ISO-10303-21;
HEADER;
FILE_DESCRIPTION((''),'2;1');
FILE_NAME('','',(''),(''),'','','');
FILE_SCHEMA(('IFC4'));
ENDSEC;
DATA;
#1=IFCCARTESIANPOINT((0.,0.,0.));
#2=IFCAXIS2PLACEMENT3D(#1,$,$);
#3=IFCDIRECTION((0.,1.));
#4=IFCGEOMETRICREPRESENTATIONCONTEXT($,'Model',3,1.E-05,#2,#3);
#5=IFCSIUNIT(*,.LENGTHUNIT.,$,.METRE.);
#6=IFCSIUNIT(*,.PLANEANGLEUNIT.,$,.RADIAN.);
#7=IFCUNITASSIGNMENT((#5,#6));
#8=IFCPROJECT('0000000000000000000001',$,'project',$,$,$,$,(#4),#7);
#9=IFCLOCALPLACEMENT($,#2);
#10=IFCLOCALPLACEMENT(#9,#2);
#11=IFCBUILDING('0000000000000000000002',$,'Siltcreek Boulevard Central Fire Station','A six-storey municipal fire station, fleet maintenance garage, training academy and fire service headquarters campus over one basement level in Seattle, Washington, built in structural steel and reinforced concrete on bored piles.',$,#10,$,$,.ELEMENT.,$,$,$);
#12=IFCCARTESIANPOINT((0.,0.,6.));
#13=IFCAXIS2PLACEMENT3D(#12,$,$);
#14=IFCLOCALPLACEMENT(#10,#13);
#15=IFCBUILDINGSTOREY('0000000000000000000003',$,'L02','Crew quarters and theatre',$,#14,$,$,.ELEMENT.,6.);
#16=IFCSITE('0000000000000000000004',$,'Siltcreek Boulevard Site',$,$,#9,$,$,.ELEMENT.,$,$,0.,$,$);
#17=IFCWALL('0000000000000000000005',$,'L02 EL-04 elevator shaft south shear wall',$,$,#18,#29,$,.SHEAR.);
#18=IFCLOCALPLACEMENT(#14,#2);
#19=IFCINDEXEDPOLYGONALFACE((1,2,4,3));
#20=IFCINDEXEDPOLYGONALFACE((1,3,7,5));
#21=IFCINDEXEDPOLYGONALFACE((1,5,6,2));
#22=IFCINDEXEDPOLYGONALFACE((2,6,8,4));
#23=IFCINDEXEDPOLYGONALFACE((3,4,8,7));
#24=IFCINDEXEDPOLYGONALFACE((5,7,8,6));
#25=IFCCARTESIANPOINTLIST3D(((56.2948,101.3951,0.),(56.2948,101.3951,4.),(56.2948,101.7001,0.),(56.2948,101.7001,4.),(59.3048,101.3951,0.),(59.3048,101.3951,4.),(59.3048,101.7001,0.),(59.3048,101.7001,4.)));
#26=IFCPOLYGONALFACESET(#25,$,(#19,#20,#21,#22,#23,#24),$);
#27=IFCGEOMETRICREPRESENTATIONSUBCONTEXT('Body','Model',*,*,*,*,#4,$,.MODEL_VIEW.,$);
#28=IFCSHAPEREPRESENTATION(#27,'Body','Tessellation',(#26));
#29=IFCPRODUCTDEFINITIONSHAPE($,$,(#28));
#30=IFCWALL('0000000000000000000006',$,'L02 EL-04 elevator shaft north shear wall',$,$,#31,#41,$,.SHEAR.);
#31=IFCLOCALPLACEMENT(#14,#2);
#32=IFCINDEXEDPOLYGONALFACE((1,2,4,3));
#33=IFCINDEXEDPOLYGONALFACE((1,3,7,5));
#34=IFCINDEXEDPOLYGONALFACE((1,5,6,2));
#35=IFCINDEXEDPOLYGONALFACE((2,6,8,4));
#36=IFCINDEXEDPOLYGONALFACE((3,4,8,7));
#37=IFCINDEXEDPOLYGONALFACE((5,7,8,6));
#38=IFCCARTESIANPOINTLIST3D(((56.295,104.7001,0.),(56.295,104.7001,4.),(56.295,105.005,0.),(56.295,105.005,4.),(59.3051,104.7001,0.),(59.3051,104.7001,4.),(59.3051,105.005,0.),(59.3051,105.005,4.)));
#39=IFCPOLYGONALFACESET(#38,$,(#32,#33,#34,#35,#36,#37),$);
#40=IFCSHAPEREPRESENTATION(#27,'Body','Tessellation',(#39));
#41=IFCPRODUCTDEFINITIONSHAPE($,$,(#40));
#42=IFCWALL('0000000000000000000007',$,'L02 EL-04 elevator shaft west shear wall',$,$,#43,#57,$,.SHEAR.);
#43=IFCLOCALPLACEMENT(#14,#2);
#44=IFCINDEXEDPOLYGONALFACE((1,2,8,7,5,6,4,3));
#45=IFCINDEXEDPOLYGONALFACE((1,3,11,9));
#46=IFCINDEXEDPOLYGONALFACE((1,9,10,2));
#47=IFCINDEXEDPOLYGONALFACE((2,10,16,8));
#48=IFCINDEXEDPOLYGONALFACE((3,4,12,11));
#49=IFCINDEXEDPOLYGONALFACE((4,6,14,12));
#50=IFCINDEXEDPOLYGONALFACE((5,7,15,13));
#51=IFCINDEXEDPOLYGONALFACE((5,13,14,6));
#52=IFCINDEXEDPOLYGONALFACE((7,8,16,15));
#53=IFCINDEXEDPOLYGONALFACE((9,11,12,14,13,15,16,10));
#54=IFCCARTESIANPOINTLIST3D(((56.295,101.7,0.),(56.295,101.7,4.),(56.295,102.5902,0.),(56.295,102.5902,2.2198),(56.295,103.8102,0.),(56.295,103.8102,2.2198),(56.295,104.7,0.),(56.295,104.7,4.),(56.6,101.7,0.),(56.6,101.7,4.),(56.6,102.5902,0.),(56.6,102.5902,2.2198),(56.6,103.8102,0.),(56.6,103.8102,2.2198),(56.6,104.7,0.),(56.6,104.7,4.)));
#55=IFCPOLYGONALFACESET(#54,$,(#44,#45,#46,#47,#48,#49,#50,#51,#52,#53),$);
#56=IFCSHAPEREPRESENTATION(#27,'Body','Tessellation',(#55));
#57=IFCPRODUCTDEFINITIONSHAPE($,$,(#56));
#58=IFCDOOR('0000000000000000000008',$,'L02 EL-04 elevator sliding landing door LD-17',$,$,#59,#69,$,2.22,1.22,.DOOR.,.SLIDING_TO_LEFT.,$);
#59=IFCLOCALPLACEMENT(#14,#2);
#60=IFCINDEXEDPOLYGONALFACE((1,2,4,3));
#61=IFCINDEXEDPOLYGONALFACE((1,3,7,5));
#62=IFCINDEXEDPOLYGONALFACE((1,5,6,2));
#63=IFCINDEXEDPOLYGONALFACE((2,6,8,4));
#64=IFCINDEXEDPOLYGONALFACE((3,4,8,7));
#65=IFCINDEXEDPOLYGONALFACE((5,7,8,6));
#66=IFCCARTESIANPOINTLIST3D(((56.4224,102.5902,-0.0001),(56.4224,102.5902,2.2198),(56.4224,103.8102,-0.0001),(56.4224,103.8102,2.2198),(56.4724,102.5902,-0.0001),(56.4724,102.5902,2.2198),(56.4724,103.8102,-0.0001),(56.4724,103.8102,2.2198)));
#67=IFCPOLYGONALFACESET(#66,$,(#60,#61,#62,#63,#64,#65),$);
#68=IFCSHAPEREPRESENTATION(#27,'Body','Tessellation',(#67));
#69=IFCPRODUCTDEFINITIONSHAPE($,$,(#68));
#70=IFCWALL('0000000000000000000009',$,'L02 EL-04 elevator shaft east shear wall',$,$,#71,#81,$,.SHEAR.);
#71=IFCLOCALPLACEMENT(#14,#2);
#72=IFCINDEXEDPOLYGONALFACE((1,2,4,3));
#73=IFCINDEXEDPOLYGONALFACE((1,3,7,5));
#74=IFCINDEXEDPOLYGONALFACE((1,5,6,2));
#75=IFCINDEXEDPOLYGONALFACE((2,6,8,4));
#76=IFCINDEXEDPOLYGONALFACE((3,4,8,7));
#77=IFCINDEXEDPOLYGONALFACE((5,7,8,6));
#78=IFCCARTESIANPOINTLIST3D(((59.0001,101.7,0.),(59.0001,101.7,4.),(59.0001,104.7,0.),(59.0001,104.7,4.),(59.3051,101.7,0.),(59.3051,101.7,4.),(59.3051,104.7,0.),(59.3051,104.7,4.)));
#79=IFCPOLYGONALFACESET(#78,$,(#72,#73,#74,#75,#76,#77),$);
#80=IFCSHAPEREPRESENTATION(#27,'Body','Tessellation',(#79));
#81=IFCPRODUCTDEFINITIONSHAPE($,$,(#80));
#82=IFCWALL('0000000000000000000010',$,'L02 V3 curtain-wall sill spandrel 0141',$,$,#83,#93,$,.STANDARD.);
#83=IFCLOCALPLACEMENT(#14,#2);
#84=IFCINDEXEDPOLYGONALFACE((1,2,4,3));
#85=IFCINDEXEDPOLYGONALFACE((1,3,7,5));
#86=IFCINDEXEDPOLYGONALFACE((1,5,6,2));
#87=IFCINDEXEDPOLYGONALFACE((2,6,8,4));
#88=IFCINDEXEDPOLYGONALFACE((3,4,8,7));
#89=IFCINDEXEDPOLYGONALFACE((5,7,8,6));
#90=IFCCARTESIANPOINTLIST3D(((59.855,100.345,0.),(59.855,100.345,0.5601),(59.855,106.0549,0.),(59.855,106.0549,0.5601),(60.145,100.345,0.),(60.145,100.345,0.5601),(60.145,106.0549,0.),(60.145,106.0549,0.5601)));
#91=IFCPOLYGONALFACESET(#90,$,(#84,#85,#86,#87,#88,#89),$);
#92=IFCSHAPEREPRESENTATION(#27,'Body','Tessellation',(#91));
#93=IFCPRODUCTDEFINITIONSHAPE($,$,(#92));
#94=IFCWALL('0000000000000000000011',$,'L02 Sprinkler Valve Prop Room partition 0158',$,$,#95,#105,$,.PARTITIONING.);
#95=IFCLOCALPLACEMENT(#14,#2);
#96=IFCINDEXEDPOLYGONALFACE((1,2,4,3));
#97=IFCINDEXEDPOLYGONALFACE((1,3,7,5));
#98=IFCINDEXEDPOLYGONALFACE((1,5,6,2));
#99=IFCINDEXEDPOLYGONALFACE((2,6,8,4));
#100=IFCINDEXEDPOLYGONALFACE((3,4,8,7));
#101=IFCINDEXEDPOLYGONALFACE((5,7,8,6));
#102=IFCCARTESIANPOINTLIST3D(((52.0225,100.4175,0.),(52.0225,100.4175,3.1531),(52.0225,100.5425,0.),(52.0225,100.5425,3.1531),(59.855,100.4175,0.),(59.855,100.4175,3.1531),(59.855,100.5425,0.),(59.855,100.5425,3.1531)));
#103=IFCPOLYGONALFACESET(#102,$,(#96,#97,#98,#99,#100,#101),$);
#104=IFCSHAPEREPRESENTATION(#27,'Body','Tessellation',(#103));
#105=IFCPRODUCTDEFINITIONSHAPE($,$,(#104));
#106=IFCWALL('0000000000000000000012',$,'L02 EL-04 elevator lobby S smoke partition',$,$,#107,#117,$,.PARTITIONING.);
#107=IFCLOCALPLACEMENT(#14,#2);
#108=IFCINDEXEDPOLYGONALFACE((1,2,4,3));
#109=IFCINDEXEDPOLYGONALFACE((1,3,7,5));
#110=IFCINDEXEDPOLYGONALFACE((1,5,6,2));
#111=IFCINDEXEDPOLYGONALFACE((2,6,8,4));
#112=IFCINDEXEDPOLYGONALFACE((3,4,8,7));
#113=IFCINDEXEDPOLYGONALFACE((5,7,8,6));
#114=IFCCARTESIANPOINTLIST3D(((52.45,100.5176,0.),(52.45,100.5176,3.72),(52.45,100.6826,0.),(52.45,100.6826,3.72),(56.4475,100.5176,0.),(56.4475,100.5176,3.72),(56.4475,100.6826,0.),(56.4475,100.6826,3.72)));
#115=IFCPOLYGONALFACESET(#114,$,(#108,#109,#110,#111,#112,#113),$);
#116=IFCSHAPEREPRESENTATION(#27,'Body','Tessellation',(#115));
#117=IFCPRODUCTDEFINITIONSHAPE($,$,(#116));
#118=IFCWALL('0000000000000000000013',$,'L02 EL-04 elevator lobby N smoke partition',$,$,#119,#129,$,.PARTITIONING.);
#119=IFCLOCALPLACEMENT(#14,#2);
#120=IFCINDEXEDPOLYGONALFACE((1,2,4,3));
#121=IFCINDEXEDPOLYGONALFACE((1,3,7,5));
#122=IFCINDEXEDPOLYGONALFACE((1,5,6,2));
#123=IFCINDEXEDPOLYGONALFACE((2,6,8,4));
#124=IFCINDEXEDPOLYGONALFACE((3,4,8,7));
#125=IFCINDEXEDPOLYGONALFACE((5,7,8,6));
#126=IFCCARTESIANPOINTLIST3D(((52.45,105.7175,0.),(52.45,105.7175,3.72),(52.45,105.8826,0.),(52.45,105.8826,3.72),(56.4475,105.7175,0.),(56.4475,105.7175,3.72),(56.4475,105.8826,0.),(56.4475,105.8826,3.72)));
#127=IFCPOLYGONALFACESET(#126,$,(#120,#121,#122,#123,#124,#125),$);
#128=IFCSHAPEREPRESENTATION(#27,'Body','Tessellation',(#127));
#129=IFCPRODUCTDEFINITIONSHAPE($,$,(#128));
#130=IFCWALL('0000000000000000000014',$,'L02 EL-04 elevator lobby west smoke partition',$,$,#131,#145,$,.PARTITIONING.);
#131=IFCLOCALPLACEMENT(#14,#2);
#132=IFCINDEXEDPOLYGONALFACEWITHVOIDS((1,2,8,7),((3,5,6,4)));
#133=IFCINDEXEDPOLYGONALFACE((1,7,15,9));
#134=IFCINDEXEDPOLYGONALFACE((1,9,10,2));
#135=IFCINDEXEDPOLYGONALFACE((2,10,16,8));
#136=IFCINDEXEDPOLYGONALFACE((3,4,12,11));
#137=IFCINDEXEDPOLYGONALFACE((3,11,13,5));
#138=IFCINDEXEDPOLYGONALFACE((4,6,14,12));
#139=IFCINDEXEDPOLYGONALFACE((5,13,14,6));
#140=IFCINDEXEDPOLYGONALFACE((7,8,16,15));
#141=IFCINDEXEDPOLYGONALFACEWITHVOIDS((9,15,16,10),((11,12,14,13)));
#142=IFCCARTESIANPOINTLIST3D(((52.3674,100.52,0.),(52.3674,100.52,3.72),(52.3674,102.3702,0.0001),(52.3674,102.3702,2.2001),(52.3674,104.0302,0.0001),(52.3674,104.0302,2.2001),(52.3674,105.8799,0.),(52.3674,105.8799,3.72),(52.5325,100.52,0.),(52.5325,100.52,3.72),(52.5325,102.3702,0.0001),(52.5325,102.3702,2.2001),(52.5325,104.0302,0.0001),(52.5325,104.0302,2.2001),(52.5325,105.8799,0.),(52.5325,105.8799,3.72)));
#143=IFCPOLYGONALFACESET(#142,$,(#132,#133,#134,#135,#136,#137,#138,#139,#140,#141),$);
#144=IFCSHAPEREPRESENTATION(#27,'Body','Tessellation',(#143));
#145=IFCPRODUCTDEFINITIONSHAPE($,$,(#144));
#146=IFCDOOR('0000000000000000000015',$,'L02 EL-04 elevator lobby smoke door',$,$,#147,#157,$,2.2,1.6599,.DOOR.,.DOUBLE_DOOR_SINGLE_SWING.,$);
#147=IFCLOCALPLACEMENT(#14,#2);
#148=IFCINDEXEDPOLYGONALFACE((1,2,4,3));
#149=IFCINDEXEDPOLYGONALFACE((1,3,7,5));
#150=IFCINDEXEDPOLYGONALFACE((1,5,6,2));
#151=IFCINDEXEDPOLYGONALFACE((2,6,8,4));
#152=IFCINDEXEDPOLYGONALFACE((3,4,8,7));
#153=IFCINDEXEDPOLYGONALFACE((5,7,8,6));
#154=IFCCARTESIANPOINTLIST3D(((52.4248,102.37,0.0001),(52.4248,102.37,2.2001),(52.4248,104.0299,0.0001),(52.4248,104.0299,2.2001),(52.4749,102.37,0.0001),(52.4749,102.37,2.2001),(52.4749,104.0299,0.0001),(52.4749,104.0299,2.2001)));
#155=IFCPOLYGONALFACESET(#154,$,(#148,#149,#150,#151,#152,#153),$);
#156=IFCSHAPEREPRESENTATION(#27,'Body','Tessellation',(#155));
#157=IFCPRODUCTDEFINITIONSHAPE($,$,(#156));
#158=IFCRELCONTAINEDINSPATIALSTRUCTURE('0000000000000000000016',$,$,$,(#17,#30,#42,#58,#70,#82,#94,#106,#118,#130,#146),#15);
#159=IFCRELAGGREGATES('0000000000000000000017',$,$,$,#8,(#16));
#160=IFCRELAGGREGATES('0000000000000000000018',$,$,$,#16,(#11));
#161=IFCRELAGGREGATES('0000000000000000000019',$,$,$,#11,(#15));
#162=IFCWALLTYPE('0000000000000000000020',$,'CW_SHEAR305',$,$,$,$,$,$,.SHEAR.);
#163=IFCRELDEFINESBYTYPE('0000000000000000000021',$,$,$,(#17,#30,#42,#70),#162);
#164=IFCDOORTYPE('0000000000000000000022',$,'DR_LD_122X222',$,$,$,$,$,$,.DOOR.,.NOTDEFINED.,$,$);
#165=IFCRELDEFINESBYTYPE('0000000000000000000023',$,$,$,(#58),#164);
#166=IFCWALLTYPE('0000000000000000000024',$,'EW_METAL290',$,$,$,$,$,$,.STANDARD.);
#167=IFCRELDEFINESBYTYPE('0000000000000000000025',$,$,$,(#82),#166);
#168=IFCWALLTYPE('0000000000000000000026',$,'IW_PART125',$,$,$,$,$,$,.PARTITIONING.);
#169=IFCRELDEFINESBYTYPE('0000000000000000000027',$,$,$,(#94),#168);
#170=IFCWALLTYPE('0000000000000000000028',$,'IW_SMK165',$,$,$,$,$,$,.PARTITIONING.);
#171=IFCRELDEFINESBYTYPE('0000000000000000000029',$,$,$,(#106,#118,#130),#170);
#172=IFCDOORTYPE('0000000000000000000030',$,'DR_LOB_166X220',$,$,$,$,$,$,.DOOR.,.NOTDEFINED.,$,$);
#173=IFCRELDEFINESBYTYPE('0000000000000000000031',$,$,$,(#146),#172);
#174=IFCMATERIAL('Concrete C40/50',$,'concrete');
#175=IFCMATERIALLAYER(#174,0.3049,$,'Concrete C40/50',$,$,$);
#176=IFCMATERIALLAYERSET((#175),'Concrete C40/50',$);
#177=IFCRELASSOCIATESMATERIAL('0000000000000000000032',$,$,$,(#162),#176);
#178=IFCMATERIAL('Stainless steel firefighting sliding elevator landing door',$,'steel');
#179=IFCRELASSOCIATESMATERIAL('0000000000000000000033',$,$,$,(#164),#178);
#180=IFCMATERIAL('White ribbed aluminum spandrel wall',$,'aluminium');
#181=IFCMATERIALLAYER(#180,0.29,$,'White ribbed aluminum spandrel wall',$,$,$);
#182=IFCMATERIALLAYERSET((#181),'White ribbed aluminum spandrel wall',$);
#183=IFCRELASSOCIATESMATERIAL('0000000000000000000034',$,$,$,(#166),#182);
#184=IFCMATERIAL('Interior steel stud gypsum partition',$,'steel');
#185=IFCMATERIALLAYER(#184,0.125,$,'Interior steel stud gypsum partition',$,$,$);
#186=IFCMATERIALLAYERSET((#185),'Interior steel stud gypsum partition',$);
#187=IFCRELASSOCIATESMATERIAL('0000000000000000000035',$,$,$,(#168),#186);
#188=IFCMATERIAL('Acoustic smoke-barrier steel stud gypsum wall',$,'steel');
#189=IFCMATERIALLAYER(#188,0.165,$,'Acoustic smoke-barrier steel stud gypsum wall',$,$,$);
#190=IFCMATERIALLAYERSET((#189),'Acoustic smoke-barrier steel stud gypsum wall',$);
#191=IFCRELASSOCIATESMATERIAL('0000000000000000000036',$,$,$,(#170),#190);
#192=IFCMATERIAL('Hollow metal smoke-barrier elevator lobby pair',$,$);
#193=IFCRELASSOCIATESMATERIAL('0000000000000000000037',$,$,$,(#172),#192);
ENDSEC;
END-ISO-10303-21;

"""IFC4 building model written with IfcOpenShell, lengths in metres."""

from ifc_helpers import new_model, si_unit, direction, frame, frame_2d, origin, place, context, subcontext, project, spatial, rectangle, extrude, material, layer, layer_set, type_object, element, fill, save


model = new_model("IFC4")

# Units and contexts
model_context = context("Model", 3, precision=1e-05, world=origin(), true_north=direction((0.0, 1.0)))
body_context = subcontext(model_context, "Body", "Model", "MODEL_VIEW")
ifc_project = project(units=[si_unit("LENGTHUNIT", "METRE"), si_unit("PLANEANGLEUNIT", "RADIAN")], contexts=[model_context])

# Site, building, storey
site_placement = place(None, origin())
site = spatial("IfcSite", under=ifc_project, at=site_placement, Name="Siltcreek Boulevard Site", CompositionType="ELEMENT", RefElevation=0.0)
building_placement = place(site_placement, origin())
building = spatial("IfcBuilding", under=site, at=building_placement, Name="Siltcreek Boulevard Central Fire Station", Description="A six-storey municipal fire station, fleet maintenance garage, training academy and fire service headquarters campus over one basement level in Seattle, Washington, built in structural steel and reinforced concrete on bored piles.", CompositionType="ELEMENT")
storey_placement = place(building_placement, frame((0.0, 0.0, 6.0)))
storey = spatial("IfcBuildingStorey", under=building, at=storey_placement, Name="L02", Description="Crew quarters and theatre", CompositionType="ELEMENT", Elevation=6.0)

# Walls
ifc_material_1 = material(Name="Concrete C40/50", Category="concrete")
ifc_layer_1 = layer(ifc_material_1, 0.3049, Name="Concrete C40/50")
ifc_layer_set_1 = layer_set([ifc_layer_1], Name="Concrete C40/50")
wall_type_1 = type_object("IfcWallType", Name="CW_SHEAR305", PredefinedType="SHEAR", material=ifc_layer_set_1)
for number, where, z_axis, x_axis, name in (
    (1, (56.2949, 101.5476, 0.0), (0.0, 0.0, 1.0), (1.0, 0.0, 0.0), "L02 EL-04 elevator shaft south shear wall"),
    (2, (59.3049, 104.8525, 0.0), (0.0, 0.0, 1.0), (-1.0, 0.0, 0.0), "L02 EL-04 elevator shaft north shear wall"),
):
    element("IfcWall", number, at=place(storey_placement, frame(where, z_axis=z_axis, x_axis=x_axis)), inside=storey, type_object=wall_type_1, Name=name, PredefinedType="SHEAR", context=body_context, shape_type="SweptSolid", body=[
        extrude(rectangle(XDim=3.01, YDim=0.3049, at=frame_2d((1.5049, 0.0))), origin(), (0.0, 0.0, 1.0), 4.0),
    ])

# Wall, opening, door
wall_1_placement = place(storey_placement, frame((56.4475, 104.7, 0.0), z_axis=(0.0, 0.0, 1.0), x_axis=(0.0, -1.0, 0.0)))
wall_1 = element("IfcWall", 3, at=wall_1_placement, inside=storey, type_object=wall_type_1, Name="L02 EL-04 elevator shaft west shear wall", PredefinedType="SHEAR", context=body_context, shape_type="SweptSolid", body=[
    extrude(rectangle(XDim=3.0, YDim=0.3049, at=frame_2d((1.5, 0.0))), origin(), (0.0, 0.0, 1.0), 4.0),
])
opening_1_placement = place(wall_1_placement, frame((0.8899, 0.0, 0.0)))
opening_1 = element("IfcOpeningElement", 4, at=opening_1_placement, cuts=wall_1, PredefinedType="OPENING", context=body_context, shape_type="SweptSolid", body=[
    extrude(rectangle(XDim=1.22, YDim=2.22, at=frame_2d((0.6099, 1.1099))), frame((0.0, 0.1624, 0.0), z_axis=(0.0, -1.0, 0.0), x_axis=(1.0, 0.0, 0.0)), (0.0, 0.0, 1.0), 0.325),
])
ifc_material_2 = material(Name="Stainless steel firefighting sliding elevator landing door", Category="steel")
door_type_1 = type_object("IfcDoorType", Name="DR_LD_122X222", OperationType="NOTDEFINED", PredefinedType="DOOR", material=ifc_material_2)
door_1_placement = place(opening_1_placement, origin())
door_1 = element("IfcDoor", 5, at=door_1_placement, inside=storey, type_object=door_type_1, Name="L02 EL-04 elevator sliding landing door LD-17", OperationType="SLIDING_TO_LEFT", OverallHeight=2.22, OverallWidth=1.22, PredefinedType="DOOR", context=body_context, shape_type="SweptSolid", body=[
    extrude(rectangle(XDim=1.22, YDim=2.22, at=frame_2d((0.6099, 1.1099))), frame((0.0, 0.0249, 0.0), z_axis=(0.0, -1.0, 0.0), x_axis=(1.0, 0.0, 0.0)), (0.0, 0.0, 1.0), 0.05),
])
fill(opening_1, door_1)

# Walls
wall_2_placement = place(storey_placement, frame((59.1526, 101.7, 0.0), z_axis=(0.0, 0.0, 1.0), x_axis=(0.0, 1.0, 0.0)))
element("IfcWall", 6, at=wall_2_placement, inside=storey, type_object=wall_type_1, Name="L02 EL-04 elevator shaft east shear wall", PredefinedType="SHEAR", context=body_context, shape_type="SweptSolid", body=[
    extrude(rectangle(XDim=3.0, YDim=0.3049, at=frame_2d((1.5, 0.0))), origin(), (0.0, 0.0, 1.0), 4.0),
])
ifc_material_3 = material(Name="White ribbed aluminum spandrel wall", Category="aluminium")
ifc_layer_2 = layer(ifc_material_3, 0.29, Name="White ribbed aluminum spandrel wall")
ifc_layer_set_2 = layer_set([ifc_layer_2], Name="White ribbed aluminum spandrel wall")
wall_type_2 = type_object("IfcWallType", Name="EW_METAL290", PredefinedType="STANDARD", material=ifc_layer_set_2)
wall_3_placement = place(storey_placement, frame((60.0, 100.345, 0.0), z_axis=(0.0, 0.0, 1.0), x_axis=(0.0, 1.0, 0.0)))
element("IfcWall", 7, at=wall_3_placement, inside=storey, type_object=wall_type_2, Name="L02 V3 curtain-wall sill spandrel 0141", PredefinedType="STANDARD", context=body_context, shape_type="SweptSolid", body=[
    extrude(rectangle(XDim=5.71, YDim=0.29, at=frame_2d((2.855, 0.0))), origin(), (0.0, 0.0, 1.0), 0.5601),
])
ifc_material_4 = material(Name="Interior steel stud gypsum partition", Category="steel")
ifc_layer_3 = layer(ifc_material_4, 0.125, Name="Interior steel stud gypsum partition")
ifc_layer_set_3 = layer_set([ifc_layer_3], Name="Interior steel stud gypsum partition")
wall_type_3 = type_object("IfcWallType", Name="IW_PART125", PredefinedType="PARTITIONING", material=ifc_layer_set_3)
wall_4_placement = place(storey_placement, frame((52.0225, 100.48, 0.0), z_axis=(0.0, 0.0, 1.0), x_axis=(1.0, 0.0, 0.0)))
element("IfcWall", 8, at=wall_4_placement, inside=storey, type_object=wall_type_3, Name="L02 Sprinkler Valve Prop Room partition 0158", PredefinedType="PARTITIONING", context=body_context, shape_type="SweptSolid", body=[
    extrude(rectangle(XDim=7.8325, YDim=0.125, at=frame_2d((3.9163, 0.0))), origin(), (0.0, 0.0, 1.0), 3.1531),
])
ifc_material_5 = material(Name="Acoustic smoke-barrier steel stud gypsum wall", Category="steel")
ifc_layer_4 = layer(ifc_material_5, 0.165, Name="Acoustic smoke-barrier steel stud gypsum wall")
ifc_layer_set_4 = layer_set([ifc_layer_4], Name="Acoustic smoke-barrier steel stud gypsum wall")
wall_type_4 = type_object("IfcWallType", Name="IW_SMK165", PredefinedType="PARTITIONING", material=ifc_layer_set_4)
for number, where, z_axis, x_axis, name in (
    (9, (52.45, 100.6001, 0.0), (0.0, 0.0, 1.0), (1.0, 0.0, 0.0), "L02 EL-04 elevator lobby S smoke partition"),
    (10, (56.4475, 105.8, 0.0), (0.0, 0.0, 1.0), (-1.0, 0.0, 0.0), "L02 EL-04 elevator lobby N smoke partition"),
):
    element("IfcWall", number, at=place(storey_placement, frame(where, z_axis=z_axis, x_axis=x_axis)), inside=storey, type_object=wall_type_4, Name=name, PredefinedType="PARTITIONING", context=body_context, shape_type="SweptSolid", body=[
        extrude(rectangle(XDim=3.9976, YDim=0.165, at=frame_2d((1.9988, 0.0))), origin(), (0.0, 0.0, 1.0), 3.72),
    ])

# Wall, opening, door
wall_5_placement = place(storey_placement, frame((52.45, 100.52, 0.0), z_axis=(0.0, 0.0, 1.0), x_axis=(0.0, 1.0, 0.0)))
wall_5 = element("IfcWall", 11, at=wall_5_placement, inside=storey, type_object=wall_type_4, Name="L02 EL-04 elevator lobby west smoke partition", PredefinedType="PARTITIONING", context=body_context, shape_type="SweptSolid", body=[
    extrude(rectangle(XDim=5.3599, YDim=0.165, at=frame_2d((2.6799, 0.0))), origin(), (0.0, 0.0, 1.0), 3.72),
])
opening_2_placement = place(wall_5_placement, frame((1.8501, 0.0, 0.0)))
opening_2 = element("IfcOpeningElement", 12, at=opening_2_placement, cuts=wall_5, PredefinedType="OPENING", context=body_context, shape_type="SweptSolid", body=[
    extrude(rectangle(XDim=1.6599, YDim=2.2, at=frame_2d((0.8301, 1.1001))), frame((0.0, 0.0925, 0.0), z_axis=(0.0, -1.0, 0.0), x_axis=(1.0, 0.0, 0.0)), (0.0, 0.0, 1.0), 0.1851),
])
ifc_material_6 = material(Name="Hollow metal smoke-barrier elevator lobby pair")
door_type_2 = type_object("IfcDoorType", Name="DR_LOB_166X220", OperationType="NOTDEFINED", PredefinedType="DOOR", material=ifc_material_6)
door_2_placement = place(opening_2_placement, frame((1.6599, 0.0, 0.0), z_axis=(0.0, 0.0, 1.0), x_axis=(-1.0, 0.0, 0.0)))
door_2 = element("IfcDoor", 13, at=door_2_placement, inside=storey, type_object=door_type_2, Name="L02 EL-04 elevator lobby smoke door", OperationType="DOUBLE_DOOR_SINGLE_SWING", OverallHeight=2.2, OverallWidth=1.6599, PredefinedType="DOOR", context=body_context, shape_type="SweptSolid", body=[
    extrude(rectangle(XDim=1.6599, YDim=2.2, at=frame_2d((0.8301, 1.1001))), frame((0.0, 0.0249, 0.0), z_axis=(0.0, -1.0, 0.0), x_axis=(1.0, 0.0, 0.0)), (0.0, 0.0, 1.0), 0.05),
])
fill(opening_2, door_2)

save(model, "model.ifc")
